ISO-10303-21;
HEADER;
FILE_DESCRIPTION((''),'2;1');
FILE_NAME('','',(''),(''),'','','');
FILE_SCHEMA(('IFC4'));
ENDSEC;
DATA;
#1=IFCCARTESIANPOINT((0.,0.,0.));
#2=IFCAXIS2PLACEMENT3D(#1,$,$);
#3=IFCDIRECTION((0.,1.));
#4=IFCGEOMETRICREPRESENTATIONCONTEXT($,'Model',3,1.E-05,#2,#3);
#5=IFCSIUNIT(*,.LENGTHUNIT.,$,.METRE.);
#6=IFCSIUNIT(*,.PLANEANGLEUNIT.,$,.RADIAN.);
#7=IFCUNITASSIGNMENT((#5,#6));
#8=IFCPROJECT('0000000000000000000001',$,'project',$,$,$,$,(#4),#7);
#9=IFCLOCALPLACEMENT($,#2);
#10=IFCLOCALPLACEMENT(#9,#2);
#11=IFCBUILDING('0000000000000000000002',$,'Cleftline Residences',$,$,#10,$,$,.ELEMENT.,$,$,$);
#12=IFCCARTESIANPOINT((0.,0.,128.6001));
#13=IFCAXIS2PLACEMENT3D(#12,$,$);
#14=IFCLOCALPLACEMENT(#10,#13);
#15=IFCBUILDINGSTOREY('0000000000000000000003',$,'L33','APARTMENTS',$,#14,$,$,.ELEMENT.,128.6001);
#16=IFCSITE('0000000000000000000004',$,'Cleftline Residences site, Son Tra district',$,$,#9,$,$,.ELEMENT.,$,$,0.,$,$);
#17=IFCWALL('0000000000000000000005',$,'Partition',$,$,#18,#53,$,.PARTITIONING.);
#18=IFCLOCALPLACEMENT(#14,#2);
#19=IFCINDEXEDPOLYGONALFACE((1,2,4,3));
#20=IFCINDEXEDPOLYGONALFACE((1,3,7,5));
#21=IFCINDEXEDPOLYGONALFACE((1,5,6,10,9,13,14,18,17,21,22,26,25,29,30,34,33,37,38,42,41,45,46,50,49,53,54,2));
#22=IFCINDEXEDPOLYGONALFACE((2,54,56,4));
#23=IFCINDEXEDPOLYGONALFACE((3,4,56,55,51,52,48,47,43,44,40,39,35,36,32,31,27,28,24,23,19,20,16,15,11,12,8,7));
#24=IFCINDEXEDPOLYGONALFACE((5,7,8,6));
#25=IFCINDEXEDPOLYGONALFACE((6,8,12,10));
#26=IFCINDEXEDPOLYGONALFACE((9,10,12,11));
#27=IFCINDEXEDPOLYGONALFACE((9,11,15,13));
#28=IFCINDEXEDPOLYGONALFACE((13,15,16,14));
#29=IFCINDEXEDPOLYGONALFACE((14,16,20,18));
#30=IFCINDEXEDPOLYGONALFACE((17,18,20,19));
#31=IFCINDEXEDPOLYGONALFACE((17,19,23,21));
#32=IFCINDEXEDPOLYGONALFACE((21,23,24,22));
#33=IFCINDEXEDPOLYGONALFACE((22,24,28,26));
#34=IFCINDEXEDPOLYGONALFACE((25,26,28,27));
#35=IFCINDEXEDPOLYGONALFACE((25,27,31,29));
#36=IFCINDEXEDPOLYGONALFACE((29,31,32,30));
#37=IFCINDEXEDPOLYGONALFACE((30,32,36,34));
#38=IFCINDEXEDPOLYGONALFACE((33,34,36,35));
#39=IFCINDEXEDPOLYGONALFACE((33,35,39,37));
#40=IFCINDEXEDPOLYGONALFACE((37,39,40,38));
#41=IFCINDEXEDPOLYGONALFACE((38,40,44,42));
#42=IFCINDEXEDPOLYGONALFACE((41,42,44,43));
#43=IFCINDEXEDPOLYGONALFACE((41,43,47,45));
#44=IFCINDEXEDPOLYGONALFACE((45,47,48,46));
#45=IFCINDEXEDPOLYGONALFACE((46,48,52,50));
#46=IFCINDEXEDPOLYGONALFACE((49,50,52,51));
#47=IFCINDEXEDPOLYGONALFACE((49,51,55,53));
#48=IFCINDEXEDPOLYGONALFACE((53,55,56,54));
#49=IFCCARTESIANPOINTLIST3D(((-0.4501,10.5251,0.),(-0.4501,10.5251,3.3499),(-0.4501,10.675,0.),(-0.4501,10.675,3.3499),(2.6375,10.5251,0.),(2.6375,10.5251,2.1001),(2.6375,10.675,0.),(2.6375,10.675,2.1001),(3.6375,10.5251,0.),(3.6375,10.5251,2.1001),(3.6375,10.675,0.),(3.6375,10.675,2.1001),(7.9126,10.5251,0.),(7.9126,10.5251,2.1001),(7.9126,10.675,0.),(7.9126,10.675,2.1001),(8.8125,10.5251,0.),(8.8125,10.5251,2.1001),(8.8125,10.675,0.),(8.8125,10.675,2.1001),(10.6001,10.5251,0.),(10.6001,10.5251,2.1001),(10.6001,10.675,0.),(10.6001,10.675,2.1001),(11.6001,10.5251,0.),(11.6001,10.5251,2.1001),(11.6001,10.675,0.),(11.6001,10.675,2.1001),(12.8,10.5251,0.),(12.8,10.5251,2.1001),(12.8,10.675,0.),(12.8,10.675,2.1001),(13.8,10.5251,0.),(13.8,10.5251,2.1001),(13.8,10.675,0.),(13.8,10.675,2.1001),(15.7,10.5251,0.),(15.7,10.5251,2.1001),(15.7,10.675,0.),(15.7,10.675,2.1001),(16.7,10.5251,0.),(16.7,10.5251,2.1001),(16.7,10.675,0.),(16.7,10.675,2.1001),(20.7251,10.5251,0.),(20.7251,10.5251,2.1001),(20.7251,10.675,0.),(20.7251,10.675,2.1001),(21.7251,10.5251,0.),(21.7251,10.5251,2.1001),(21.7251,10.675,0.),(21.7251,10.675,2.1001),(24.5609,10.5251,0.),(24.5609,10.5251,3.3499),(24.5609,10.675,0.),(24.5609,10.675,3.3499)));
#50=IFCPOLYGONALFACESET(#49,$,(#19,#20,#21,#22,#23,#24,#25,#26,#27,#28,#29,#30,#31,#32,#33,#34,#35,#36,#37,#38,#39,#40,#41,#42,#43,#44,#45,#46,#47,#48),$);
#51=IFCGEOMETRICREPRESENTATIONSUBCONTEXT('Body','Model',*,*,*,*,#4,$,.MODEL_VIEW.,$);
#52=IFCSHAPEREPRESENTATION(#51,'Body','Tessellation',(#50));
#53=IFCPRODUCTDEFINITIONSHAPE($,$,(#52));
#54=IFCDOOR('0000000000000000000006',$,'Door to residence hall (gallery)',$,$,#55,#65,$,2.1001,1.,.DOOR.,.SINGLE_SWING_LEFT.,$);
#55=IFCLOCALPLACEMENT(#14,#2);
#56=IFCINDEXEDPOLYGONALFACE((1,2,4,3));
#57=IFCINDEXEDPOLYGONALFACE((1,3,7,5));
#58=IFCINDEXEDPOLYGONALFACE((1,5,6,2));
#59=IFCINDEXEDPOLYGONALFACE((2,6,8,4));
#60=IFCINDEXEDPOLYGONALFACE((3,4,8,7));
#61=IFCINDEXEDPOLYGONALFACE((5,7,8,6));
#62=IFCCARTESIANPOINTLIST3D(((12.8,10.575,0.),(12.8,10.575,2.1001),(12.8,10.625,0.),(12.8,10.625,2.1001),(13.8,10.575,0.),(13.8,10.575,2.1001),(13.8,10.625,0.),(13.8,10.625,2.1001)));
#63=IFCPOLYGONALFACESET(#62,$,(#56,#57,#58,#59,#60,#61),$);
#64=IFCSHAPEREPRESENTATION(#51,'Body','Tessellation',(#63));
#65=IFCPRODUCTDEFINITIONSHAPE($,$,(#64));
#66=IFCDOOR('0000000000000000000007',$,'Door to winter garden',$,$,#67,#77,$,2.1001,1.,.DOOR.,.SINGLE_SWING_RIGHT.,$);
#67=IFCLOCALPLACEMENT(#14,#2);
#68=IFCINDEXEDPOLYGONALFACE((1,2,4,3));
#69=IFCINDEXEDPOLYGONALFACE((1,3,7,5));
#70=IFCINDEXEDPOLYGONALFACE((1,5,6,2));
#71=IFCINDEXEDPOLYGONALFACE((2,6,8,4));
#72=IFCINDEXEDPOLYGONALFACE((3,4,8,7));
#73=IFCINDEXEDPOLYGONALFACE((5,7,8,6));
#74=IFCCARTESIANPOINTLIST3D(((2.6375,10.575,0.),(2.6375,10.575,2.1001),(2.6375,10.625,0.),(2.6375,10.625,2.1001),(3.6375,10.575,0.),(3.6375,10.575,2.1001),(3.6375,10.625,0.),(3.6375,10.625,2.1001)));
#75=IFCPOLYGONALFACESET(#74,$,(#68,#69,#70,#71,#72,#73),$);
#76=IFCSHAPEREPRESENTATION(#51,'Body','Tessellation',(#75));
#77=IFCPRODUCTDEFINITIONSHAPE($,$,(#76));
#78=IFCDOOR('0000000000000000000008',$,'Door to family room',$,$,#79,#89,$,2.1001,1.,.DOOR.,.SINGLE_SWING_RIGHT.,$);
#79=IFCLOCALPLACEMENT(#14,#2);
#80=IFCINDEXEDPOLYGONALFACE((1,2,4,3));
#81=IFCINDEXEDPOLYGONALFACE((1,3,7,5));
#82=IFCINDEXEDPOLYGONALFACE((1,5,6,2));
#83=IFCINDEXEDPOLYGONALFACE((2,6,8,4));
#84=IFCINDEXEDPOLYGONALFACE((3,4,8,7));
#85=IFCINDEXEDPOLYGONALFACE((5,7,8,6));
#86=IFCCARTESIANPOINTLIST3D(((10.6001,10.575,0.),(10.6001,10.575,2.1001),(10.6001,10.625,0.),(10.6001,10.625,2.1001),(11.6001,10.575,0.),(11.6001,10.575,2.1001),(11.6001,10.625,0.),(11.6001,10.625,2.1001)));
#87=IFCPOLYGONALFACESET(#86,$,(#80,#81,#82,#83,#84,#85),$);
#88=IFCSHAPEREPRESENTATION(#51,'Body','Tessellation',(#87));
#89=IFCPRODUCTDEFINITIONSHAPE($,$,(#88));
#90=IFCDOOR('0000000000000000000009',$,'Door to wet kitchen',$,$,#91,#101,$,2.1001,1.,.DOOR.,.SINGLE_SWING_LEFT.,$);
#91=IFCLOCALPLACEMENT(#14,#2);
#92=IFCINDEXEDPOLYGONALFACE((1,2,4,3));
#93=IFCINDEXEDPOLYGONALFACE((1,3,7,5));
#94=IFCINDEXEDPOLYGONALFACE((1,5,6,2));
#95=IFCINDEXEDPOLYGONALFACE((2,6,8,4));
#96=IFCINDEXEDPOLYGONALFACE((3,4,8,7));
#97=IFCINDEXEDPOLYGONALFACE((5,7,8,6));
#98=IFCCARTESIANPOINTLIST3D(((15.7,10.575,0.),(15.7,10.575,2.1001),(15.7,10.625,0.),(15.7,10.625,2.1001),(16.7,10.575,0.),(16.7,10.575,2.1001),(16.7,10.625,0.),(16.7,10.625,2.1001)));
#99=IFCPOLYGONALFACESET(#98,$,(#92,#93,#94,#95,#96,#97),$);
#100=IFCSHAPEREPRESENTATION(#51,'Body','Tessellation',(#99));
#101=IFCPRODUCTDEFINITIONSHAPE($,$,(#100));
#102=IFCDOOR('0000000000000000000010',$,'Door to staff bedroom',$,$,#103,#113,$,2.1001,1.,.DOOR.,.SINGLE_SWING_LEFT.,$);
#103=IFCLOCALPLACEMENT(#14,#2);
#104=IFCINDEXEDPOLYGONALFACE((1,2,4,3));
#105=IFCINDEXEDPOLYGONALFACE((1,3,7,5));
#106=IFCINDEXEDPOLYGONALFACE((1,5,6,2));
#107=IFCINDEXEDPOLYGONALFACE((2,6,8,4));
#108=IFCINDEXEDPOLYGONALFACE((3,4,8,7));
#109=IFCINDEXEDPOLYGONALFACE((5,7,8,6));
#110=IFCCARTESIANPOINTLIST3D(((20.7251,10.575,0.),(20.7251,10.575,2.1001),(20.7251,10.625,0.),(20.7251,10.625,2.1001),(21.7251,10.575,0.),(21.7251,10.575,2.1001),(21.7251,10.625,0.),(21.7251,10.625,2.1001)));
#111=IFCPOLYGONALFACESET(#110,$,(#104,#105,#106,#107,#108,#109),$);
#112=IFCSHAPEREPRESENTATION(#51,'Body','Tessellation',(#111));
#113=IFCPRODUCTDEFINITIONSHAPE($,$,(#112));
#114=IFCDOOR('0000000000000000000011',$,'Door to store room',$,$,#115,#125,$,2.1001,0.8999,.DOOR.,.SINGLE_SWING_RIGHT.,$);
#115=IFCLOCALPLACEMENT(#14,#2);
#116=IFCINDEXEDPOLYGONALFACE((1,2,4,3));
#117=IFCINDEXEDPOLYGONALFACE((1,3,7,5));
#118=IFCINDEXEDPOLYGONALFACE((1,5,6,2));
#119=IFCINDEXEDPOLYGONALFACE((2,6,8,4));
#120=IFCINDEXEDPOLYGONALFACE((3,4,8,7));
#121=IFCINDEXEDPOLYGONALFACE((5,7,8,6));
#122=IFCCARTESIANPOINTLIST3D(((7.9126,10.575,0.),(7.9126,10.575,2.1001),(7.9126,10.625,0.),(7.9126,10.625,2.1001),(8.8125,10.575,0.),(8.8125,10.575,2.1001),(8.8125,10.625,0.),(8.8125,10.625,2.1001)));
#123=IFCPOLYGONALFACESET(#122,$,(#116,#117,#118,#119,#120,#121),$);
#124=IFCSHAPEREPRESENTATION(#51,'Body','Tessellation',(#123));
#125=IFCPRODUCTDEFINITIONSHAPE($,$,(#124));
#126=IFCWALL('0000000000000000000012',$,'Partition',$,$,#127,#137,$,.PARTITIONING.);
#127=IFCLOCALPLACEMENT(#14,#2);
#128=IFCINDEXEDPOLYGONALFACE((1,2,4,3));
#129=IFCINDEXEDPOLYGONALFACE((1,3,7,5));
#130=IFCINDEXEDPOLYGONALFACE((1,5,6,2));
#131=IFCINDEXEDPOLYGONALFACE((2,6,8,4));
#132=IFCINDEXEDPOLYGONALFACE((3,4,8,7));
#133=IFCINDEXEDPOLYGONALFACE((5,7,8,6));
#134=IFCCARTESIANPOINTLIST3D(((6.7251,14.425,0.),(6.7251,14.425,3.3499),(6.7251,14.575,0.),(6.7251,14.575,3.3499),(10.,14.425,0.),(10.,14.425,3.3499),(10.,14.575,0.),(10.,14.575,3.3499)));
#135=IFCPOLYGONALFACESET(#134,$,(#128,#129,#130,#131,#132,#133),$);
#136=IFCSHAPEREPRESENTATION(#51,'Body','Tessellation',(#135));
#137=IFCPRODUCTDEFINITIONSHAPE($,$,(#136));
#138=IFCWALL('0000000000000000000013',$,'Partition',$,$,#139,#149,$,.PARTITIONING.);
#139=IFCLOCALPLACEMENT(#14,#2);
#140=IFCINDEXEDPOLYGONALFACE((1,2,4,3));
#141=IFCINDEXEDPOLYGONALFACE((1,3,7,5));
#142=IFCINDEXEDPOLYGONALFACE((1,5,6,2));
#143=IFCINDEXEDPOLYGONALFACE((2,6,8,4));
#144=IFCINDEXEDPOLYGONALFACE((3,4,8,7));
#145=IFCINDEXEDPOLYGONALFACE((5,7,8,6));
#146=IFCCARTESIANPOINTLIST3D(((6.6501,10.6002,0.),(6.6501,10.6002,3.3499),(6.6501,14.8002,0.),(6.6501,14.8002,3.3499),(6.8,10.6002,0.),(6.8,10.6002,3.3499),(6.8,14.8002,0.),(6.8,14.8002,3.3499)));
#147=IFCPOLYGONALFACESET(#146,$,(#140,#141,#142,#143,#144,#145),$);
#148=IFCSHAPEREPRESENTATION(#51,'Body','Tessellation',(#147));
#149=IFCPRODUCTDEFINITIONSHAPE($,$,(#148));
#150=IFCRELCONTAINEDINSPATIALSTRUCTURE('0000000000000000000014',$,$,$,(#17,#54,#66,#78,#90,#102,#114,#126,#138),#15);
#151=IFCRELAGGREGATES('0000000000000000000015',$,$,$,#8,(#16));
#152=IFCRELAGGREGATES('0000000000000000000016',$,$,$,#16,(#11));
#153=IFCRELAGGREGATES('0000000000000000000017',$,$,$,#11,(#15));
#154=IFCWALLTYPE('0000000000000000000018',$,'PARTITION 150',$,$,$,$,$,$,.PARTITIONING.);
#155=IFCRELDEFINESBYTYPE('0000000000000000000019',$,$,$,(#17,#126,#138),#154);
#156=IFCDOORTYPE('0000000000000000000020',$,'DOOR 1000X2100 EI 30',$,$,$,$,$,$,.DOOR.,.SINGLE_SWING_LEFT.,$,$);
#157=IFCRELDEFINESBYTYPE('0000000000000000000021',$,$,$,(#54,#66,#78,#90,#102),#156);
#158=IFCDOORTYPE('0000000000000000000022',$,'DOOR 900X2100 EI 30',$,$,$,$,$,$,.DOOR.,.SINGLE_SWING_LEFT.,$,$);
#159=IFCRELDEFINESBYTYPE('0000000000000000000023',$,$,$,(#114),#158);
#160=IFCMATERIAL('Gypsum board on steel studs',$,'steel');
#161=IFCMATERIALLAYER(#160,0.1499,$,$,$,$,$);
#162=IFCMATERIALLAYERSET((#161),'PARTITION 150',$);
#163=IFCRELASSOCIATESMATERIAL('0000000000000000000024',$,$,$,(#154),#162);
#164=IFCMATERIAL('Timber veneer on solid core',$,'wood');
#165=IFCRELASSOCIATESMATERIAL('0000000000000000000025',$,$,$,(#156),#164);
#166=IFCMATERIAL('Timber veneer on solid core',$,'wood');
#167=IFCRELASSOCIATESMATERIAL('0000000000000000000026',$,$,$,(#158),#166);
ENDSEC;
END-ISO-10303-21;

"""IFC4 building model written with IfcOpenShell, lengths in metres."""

from ifc_helpers import new_model, si_unit, direction, frame, frame_2d, origin, place, context, subcontext, project, spatial, rectangle, extrude, material, layer, layer_set, type_object, element, fill, save


model = new_model("IFC4")

# Units and contexts
model_context = context("Model", 3, precision=1e-05, world=origin(), true_north=direction((0.0, 1.0)))
body_context = subcontext(model_context, "Body", "Model", "MODEL_VIEW")
ifc_project = project(units=[si_unit("LENGTHUNIT", "METRE"), si_unit("PLANEANGLEUNIT", "RADIAN")], contexts=[model_context])

# Site, building, storey
site_placement = place(None, origin())
site = spatial("IfcSite", under=ifc_project, at=site_placement, Name="Cleftline Residences site, Son Tra district", CompositionType="ELEMENT", RefElevation=0.0)
building_placement = place(site_placement, origin())
building = spatial("IfcBuilding", under=site, at=building_placement, Name="Cleftline Residences", CompositionType="ELEMENT")
storey_placement = place(building_placement, frame((0.0, 0.0, 128.6001)))
storey = spatial("IfcBuildingStorey", under=building, at=storey_placement, Name="L33", Description="APARTMENTS", CompositionType="ELEMENT", Elevation=128.6001)

# Wall, openings, doors
ifc_material_1 = material(Name="Gypsum board on steel studs", Category="steel")
ifc_layer = layer(ifc_material_1, 0.1499)
ifc_layer_set = layer_set([ifc_layer], Name="PARTITION 150")
wall_type = type_object("IfcWallType", Name="PARTITION 150", PredefinedType="PARTITIONING", material=ifc_layer_set)
wall_1_placement = place(storey_placement, frame((-0.45, 10.6001, 0.0), z_axis=(0.0, 0.0, 1.0), x_axis=(1.0, 0.0, 0.0)))
wall_1 = element("IfcWall", 1, at=wall_1_placement, inside=storey, type_object=wall_type, Name="Partition", PredefinedType="PARTITIONING", context=body_context, shape_type="SweptSolid", body=[
    extrude(rectangle(XDim=25.011, YDim=0.1499, at=frame_2d((12.5054, 0.0))), origin(), (0.0, 0.0, 1.0), 3.3499),
])
opening_1_placement = place(wall_1_placement, frame((13.25, 0.0, 0.0)))
opening_1 = element("IfcOpeningElement", 2, at=opening_1_placement, cuts=wall_1, PredefinedType="OPENING", context=body_context, shape_type="SweptSolid", body=[
    extrude(rectangle(XDim=1.0, YDim=2.1001, at=frame_2d((0.5, 1.05))), frame((0.0, 0.085, 0.0), z_axis=(0.0, -1.0, 0.0), x_axis=(1.0, 0.0, 0.0)), (0.0, 0.0, 1.0), 0.1699),
])
opening_2_placement = place(wall_1_placement, frame((3.0874, 0.0, 0.0)))
opening_2 = element("IfcOpeningElement", 3, at=opening_2_placement, cuts=wall_1, PredefinedType="OPENING", context=body_context, shape_type="SweptSolid", body=[
    extrude(rectangle(XDim=1.0, YDim=2.1001, at=frame_2d((0.5, 1.05))), frame((0.0, 0.085, 0.0), z_axis=(0.0, -1.0, 0.0), x_axis=(1.0, 0.0, 0.0)), (0.0, 0.0, 1.0), 0.1699),
])
opening_3_placement = place(wall_1_placement, frame((8.3625, 0.0, 0.0)))
opening_3 = element("IfcOpeningElement", 4, at=opening_3_placement, cuts=wall_1, PredefinedType="OPENING", context=body_context, shape_type="SweptSolid", body=[
    extrude(rectangle(XDim=0.8999, YDim=2.1001, at=frame_2d((0.45, 1.05))), frame((0.0, 0.085, 0.0), z_axis=(0.0, -1.0, 0.0), x_axis=(1.0, 0.0, 0.0)), (0.0, 0.0, 1.0), 0.1699),
])
opening_4_placement = place(wall_1_placement, frame((11.05, 0.0, 0.0)))
opening_4 = element("IfcOpeningElement", 5, at=opening_4_placement, cuts=wall_1, PredefinedType="OPENING", context=body_context, shape_type="SweptSolid", body=[
    extrude(rectangle(XDim=1.0, YDim=2.1001, at=frame_2d((0.5, 1.05))), frame((0.0, 0.085, 0.0), z_axis=(0.0, -1.0, 0.0), x_axis=(1.0, 0.0, 0.0)), (0.0, 0.0, 1.0), 0.1699),
])
opening_5_placement = place(wall_1_placement, frame((16.1499, 0.0, 0.0)))
opening_5 = element("IfcOpeningElement", 6, at=opening_5_placement, cuts=wall_1, PredefinedType="OPENING", context=body_context, shape_type="SweptSolid", body=[
    extrude(rectangle(XDim=1.0, YDim=2.1001, at=frame_2d((0.5, 1.05))), frame((0.0, 0.085, 0.0), z_axis=(0.0, -1.0, 0.0), x_axis=(1.0, 0.0, 0.0)), (0.0, 0.0, 1.0), 0.1699),
])
opening_6_placement = place(wall_1_placement, frame((21.175, 0.0, 0.0)))
opening_6 = element("IfcOpeningElement", 7, at=opening_6_placement, cuts=wall_1, PredefinedType="OPENING", context=body_context, shape_type="SweptSolid", body=[
    extrude(rectangle(XDim=1.0, YDim=2.1001, at=frame_2d((0.5, 1.05))), frame((0.0, 0.085, 0.0), z_axis=(0.0, -1.0, 0.0), x_axis=(1.0, 0.0, 0.0)), (0.0, 0.0, 1.0), 0.1699),
])
ifc_material_2 = material(Name="Timber veneer on solid core", Category="wood")
door_type_1 = type_object("IfcDoorType", Name="DOOR 1000X2100 EI 30", OperationType="SINGLE_SWING_LEFT", PredefinedType="DOOR", material=ifc_material_2)
door_1_placement = place(opening_1_placement, origin())
door_1 = element("IfcDoor", 8, at=door_1_placement, inside=storey, type_object=door_type_1, Name="Door to residence hall (gallery)", OperationType="SINGLE_SWING_LEFT", OverallHeight=2.1001, OverallWidth=1.0, PredefinedType="DOOR", context=body_context, shape_type="SweptSolid", body=[
    extrude(rectangle(XDim=1.0, YDim=2.1001, at=frame_2d((0.5, 1.05))), frame((0.0, 0.0249, 0.0), z_axis=(0.0, -1.0, 0.0), x_axis=(1.0, 0.0, 0.0)), (0.0, 0.0, 1.0), 0.05),
])
fill(opening_1, door_1)
door_2_placement = place(opening_2_placement, origin())
door_2 = element("IfcDoor", 9, at=door_2_placement, inside=storey, type_object=door_type_1, Name="Door to winter garden", OperationType="SINGLE_SWING_RIGHT", OverallHeight=2.1001, OverallWidth=1.0, PredefinedType="DOOR", context=body_context, shape_type="SweptSolid", body=[
    extrude(rectangle(XDim=1.0, YDim=2.1001, at=frame_2d((0.5, 1.05))), frame((0.0, 0.0249, 0.0), z_axis=(0.0, -1.0, 0.0), x_axis=(1.0, 0.0, 0.0)), (0.0, 0.0, 1.0), 0.05),
])
fill(opening_2, door_2)
door_3_placement = place(opening_4_placement, origin())
door_3 = element("IfcDoor", 10, at=door_3_placement, inside=storey, type_object=door_type_1, Name="Door to family room", OperationType="SINGLE_SWING_RIGHT", OverallHeight=2.1001, OverallWidth=1.0, PredefinedType="DOOR", context=body_context, shape_type="SweptSolid", body=[
    extrude(rectangle(XDim=1.0, YDim=2.1001, at=frame_2d((0.5, 1.05))), frame((0.0, 0.0249, 0.0), z_axis=(0.0, -1.0, 0.0), x_axis=(1.0, 0.0, 0.0)), (0.0, 0.0, 1.0), 0.05),
])
fill(opening_4, door_3)
door_4_placement = place(opening_5_placement, origin())
door_4 = element("IfcDoor", 11, at=door_4_placement, inside=storey, type_object=door_type_1, Name="Door to wet kitchen", OperationType="SINGLE_SWING_LEFT", OverallHeight=2.1001, OverallWidth=1.0, PredefinedType="DOOR", context=body_context, shape_type="SweptSolid", body=[
    extrude(rectangle(XDim=1.0, YDim=2.1001, at=frame_2d((0.5, 1.05))), frame((0.0, 0.0249, 0.0), z_axis=(0.0, -1.0, 0.0), x_axis=(1.0, 0.0, 0.0)), (0.0, 0.0, 1.0), 0.05),
])
fill(opening_5, door_4)
door_5_placement = place(opening_6_placement, origin())
door_5 = element("IfcDoor", 12, at=door_5_placement, inside=storey, type_object=door_type_1, Name="Door to staff bedroom", OperationType="SINGLE_SWING_LEFT", OverallHeight=2.1001, OverallWidth=1.0, PredefinedType="DOOR", context=body_context, shape_type="SweptSolid", body=[
    extrude(rectangle(XDim=1.0, YDim=2.1001, at=frame_2d((0.5, 1.05))), frame((0.0, 0.0249, 0.0), z_axis=(0.0, -1.0, 0.0), x_axis=(1.0, 0.0, 0.0)), (0.0, 0.0, 1.0), 0.05),
])
fill(opening_6, door_5)
ifc_material_3 = material(Name="Timber veneer on solid core", Category="wood")
door_type_2 = type_object("IfcDoorType", Name="DOOR 900X2100 EI 30", OperationType="SINGLE_SWING_LEFT", PredefinedType="DOOR", material=ifc_material_3)
door_6_placement = place(opening_3_placement, origin())
door_6 = element("IfcDoor", 13, at=door_6_placement, inside=storey, type_object=door_type_2, Name="Door to store room", OperationType="SINGLE_SWING_RIGHT", OverallHeight=2.1001, OverallWidth=0.8999, PredefinedType="DOOR", context=body_context, shape_type="SweptSolid", body=[
    extrude(rectangle(XDim=0.8999, YDim=2.1001, at=frame_2d((0.45, 1.05))), frame((0.0, 0.0249, 0.0), z_axis=(0.0, -1.0, 0.0), x_axis=(1.0, 0.0, 0.0)), (0.0, 0.0, 1.0), 0.05),
])
fill(opening_3, door_6)

# Walls
wall_2_placement = place(storey_placement, frame((6.7251, 14.5, 0.0), z_axis=(0.0, 0.0, 1.0), x_axis=(1.0, 0.0, 0.0)))
element("IfcWall", 14, at=wall_2_placement, inside=storey, type_object=wall_type, Name="Partition", PredefinedType="PARTITIONING", context=body_context, shape_type="SweptSolid", body=[
    extrude(rectangle(XDim=3.2749, YDim=0.1499, at=frame_2d((1.6375, 0.0))), origin(), (0.0, 0.0, 1.0), 3.3499),
])
wall_3_placement = place(storey_placement, frame((6.7251, 10.6001, 0.0), z_axis=(0.0, 0.0, 1.0), x_axis=(0.0, 1.0, 0.0)))
element("IfcWall", 15, at=wall_3_placement, inside=storey, type_object=wall_type, Name="Partition", PredefinedType="PARTITIONING", context=body_context, shape_type="SweptSolid", body=[
    extrude(rectangle(XDim=4.2, YDim=0.1499, at=frame_2d((2.1001, 0.0))), origin(), (0.0, 0.0, 1.0), 3.3499),
])

save(model, "model.ifc")
